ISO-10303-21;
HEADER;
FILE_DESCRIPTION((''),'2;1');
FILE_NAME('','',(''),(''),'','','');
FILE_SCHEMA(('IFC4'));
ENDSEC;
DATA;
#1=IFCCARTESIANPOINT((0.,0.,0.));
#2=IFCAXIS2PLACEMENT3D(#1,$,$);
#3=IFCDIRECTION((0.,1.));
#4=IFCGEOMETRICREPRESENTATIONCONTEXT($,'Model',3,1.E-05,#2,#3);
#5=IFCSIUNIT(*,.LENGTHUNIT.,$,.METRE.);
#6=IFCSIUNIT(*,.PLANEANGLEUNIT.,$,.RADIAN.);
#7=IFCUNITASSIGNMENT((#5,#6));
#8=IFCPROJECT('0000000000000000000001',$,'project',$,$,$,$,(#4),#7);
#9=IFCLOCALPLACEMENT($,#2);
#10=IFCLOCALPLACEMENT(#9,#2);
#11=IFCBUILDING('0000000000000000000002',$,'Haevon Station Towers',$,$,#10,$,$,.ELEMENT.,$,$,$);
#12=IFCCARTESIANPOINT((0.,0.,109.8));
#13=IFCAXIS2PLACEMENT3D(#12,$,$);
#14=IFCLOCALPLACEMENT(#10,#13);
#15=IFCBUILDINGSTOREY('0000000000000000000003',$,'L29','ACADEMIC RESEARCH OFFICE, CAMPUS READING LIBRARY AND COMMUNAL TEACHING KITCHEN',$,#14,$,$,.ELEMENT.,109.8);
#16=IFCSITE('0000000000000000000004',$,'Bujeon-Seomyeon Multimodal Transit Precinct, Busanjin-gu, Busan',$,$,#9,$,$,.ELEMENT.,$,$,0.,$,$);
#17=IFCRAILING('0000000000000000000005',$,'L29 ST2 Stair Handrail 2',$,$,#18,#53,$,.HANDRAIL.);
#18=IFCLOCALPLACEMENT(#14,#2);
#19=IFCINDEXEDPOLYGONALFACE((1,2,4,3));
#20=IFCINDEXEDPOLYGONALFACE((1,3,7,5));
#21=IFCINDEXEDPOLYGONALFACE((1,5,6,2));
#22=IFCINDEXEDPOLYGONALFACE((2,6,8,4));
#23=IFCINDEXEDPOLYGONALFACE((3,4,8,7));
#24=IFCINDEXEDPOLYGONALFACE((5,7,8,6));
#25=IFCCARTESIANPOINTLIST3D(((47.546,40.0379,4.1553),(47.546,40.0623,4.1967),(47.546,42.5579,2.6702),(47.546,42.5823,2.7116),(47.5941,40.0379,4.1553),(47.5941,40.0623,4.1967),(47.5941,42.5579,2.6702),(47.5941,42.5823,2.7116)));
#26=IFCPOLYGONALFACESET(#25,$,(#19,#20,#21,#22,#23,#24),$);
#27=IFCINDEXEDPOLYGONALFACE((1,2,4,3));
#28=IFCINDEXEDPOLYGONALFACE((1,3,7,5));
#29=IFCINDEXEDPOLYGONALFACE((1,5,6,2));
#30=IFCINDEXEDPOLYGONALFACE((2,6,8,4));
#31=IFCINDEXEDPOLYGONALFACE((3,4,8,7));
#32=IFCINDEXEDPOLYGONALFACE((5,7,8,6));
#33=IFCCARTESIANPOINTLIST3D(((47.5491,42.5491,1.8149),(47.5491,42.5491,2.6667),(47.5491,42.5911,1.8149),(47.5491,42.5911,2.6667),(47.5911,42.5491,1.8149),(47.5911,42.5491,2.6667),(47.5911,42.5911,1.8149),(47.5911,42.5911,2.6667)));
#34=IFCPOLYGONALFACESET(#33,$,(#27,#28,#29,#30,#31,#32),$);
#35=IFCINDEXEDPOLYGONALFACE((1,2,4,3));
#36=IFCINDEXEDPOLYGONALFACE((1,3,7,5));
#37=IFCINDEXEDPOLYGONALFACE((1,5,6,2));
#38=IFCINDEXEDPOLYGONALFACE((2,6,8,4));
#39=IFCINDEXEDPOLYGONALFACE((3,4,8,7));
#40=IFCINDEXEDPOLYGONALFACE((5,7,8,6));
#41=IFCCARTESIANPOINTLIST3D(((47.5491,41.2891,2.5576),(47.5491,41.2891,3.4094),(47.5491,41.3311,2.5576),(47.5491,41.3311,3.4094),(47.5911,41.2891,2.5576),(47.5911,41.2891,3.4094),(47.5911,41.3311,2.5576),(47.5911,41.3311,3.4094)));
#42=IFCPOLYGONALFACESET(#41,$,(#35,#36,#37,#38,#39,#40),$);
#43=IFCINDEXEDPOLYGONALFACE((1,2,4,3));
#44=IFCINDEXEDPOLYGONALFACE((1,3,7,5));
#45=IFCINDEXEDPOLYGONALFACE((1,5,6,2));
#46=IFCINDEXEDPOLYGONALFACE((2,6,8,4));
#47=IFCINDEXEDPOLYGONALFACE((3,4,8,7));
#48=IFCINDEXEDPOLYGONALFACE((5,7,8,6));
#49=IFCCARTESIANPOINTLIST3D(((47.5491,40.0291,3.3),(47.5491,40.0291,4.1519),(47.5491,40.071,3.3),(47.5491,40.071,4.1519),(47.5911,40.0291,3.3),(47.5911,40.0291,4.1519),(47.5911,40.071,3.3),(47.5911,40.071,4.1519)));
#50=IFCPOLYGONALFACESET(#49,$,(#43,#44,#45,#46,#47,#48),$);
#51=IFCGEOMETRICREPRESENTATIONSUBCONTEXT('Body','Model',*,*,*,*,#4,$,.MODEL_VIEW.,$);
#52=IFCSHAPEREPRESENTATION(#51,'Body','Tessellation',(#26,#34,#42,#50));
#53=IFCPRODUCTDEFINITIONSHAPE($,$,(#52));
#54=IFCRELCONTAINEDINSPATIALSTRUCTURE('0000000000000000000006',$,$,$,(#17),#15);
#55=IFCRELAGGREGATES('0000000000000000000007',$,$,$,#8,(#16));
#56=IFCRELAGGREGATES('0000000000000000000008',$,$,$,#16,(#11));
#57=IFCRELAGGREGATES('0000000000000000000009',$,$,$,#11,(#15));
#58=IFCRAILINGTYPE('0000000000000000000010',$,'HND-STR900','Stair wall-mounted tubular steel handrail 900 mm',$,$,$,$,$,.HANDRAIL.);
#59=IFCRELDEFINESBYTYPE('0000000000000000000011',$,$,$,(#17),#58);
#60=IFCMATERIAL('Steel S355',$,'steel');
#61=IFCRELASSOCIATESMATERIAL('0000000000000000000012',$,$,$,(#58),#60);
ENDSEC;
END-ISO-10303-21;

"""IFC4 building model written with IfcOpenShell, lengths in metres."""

from ifc_helpers import new_model, si_unit, direction, frame, origin, origin_2d, place, context, subcontext, project, spatial, rectangle, extrude, material, type_object, element, save


model = new_model("IFC4")

# Units and contexts
model_context = context("Model", 3, precision=1e-05, world=origin(), true_north=direction((0.0, 1.0)))
body_context = subcontext(model_context, "Body", "Model", "MODEL_VIEW")
ifc_project = project(units=[si_unit("LENGTHUNIT", "METRE"), si_unit("PLANEANGLEUNIT", "RADIAN")], contexts=[model_context])

# Site, building, storey
site_placement = place(None, origin())
site = spatial("IfcSite", under=ifc_project, at=site_placement, Name="Bujeon-Seomyeon Multimodal Transit Precinct, Busanjin-gu, Busan", CompositionType="ELEMENT", RefElevation=0.0)
building_placement = place(site_placement, origin())
building = spatial("IfcBuilding", under=site, at=building_placement, Name="Haevon Station Towers", CompositionType="ELEMENT")
storey_placement = place(building_placement, frame((0.0, 0.0, 109.8)))
storey = spatial("IfcBuildingStorey", under=building, at=storey_placement, Name="L29", Description="ACADEMIC RESEARCH OFFICE, CAMPUS READING LIBRARY AND COMMUNAL TEACHING KITCHEN", CompositionType="ELEMENT", Elevation=109.8)

# Shared definitions
ifc_material_1 = material(Name="Steel S355", Category="steel")

# Railing
railing_type_1 = type_object("IfcRailingType", Name="HND-STR900", Description="Stair wall-mounted tubular steel handrail 900 mm", PredefinedType="HANDRAIL", material=ifc_material_1)
railing_1_placement = place(storey_placement, frame((47.5701, 42.5701, 1.8149)))
element("IfcRailing", 1, at=railing_1_placement, inside=storey, type_object=railing_type_1, Name="L29 ST2 Stair Handrail 2", PredefinedType="HANDRAIL", context=body_context, shape_type="SweptSolid", body=[
    extrude(rectangle(XDim=0.0481, YDim=0.0481, at=origin_2d()), frame((0.0, 0.0, 0.876), z_axis=(0.0, -0.861524, 0.507717), x_axis=(1.0, 0.0, 0.0)), (0.0, 0.0, 1.0), 2.925),
    extrude(rectangle(XDim=0.042, YDim=0.042, at=origin_2d()), origin(), (0.0, 0.0, 1.0), 0.8518),
    extrude(rectangle(XDim=0.042, YDim=0.042, at=origin_2d()), frame((0.0, -1.26, 0.7427)), (0.0, 0.0, 1.0), 0.8518),
    extrude(rectangle(XDim=0.042, YDim=0.042, at=origin_2d()), frame((0.0, -2.52, 1.4851)), (0.0, 0.0, 1.0), 0.8518),
])

save(model, "model.ifc")
